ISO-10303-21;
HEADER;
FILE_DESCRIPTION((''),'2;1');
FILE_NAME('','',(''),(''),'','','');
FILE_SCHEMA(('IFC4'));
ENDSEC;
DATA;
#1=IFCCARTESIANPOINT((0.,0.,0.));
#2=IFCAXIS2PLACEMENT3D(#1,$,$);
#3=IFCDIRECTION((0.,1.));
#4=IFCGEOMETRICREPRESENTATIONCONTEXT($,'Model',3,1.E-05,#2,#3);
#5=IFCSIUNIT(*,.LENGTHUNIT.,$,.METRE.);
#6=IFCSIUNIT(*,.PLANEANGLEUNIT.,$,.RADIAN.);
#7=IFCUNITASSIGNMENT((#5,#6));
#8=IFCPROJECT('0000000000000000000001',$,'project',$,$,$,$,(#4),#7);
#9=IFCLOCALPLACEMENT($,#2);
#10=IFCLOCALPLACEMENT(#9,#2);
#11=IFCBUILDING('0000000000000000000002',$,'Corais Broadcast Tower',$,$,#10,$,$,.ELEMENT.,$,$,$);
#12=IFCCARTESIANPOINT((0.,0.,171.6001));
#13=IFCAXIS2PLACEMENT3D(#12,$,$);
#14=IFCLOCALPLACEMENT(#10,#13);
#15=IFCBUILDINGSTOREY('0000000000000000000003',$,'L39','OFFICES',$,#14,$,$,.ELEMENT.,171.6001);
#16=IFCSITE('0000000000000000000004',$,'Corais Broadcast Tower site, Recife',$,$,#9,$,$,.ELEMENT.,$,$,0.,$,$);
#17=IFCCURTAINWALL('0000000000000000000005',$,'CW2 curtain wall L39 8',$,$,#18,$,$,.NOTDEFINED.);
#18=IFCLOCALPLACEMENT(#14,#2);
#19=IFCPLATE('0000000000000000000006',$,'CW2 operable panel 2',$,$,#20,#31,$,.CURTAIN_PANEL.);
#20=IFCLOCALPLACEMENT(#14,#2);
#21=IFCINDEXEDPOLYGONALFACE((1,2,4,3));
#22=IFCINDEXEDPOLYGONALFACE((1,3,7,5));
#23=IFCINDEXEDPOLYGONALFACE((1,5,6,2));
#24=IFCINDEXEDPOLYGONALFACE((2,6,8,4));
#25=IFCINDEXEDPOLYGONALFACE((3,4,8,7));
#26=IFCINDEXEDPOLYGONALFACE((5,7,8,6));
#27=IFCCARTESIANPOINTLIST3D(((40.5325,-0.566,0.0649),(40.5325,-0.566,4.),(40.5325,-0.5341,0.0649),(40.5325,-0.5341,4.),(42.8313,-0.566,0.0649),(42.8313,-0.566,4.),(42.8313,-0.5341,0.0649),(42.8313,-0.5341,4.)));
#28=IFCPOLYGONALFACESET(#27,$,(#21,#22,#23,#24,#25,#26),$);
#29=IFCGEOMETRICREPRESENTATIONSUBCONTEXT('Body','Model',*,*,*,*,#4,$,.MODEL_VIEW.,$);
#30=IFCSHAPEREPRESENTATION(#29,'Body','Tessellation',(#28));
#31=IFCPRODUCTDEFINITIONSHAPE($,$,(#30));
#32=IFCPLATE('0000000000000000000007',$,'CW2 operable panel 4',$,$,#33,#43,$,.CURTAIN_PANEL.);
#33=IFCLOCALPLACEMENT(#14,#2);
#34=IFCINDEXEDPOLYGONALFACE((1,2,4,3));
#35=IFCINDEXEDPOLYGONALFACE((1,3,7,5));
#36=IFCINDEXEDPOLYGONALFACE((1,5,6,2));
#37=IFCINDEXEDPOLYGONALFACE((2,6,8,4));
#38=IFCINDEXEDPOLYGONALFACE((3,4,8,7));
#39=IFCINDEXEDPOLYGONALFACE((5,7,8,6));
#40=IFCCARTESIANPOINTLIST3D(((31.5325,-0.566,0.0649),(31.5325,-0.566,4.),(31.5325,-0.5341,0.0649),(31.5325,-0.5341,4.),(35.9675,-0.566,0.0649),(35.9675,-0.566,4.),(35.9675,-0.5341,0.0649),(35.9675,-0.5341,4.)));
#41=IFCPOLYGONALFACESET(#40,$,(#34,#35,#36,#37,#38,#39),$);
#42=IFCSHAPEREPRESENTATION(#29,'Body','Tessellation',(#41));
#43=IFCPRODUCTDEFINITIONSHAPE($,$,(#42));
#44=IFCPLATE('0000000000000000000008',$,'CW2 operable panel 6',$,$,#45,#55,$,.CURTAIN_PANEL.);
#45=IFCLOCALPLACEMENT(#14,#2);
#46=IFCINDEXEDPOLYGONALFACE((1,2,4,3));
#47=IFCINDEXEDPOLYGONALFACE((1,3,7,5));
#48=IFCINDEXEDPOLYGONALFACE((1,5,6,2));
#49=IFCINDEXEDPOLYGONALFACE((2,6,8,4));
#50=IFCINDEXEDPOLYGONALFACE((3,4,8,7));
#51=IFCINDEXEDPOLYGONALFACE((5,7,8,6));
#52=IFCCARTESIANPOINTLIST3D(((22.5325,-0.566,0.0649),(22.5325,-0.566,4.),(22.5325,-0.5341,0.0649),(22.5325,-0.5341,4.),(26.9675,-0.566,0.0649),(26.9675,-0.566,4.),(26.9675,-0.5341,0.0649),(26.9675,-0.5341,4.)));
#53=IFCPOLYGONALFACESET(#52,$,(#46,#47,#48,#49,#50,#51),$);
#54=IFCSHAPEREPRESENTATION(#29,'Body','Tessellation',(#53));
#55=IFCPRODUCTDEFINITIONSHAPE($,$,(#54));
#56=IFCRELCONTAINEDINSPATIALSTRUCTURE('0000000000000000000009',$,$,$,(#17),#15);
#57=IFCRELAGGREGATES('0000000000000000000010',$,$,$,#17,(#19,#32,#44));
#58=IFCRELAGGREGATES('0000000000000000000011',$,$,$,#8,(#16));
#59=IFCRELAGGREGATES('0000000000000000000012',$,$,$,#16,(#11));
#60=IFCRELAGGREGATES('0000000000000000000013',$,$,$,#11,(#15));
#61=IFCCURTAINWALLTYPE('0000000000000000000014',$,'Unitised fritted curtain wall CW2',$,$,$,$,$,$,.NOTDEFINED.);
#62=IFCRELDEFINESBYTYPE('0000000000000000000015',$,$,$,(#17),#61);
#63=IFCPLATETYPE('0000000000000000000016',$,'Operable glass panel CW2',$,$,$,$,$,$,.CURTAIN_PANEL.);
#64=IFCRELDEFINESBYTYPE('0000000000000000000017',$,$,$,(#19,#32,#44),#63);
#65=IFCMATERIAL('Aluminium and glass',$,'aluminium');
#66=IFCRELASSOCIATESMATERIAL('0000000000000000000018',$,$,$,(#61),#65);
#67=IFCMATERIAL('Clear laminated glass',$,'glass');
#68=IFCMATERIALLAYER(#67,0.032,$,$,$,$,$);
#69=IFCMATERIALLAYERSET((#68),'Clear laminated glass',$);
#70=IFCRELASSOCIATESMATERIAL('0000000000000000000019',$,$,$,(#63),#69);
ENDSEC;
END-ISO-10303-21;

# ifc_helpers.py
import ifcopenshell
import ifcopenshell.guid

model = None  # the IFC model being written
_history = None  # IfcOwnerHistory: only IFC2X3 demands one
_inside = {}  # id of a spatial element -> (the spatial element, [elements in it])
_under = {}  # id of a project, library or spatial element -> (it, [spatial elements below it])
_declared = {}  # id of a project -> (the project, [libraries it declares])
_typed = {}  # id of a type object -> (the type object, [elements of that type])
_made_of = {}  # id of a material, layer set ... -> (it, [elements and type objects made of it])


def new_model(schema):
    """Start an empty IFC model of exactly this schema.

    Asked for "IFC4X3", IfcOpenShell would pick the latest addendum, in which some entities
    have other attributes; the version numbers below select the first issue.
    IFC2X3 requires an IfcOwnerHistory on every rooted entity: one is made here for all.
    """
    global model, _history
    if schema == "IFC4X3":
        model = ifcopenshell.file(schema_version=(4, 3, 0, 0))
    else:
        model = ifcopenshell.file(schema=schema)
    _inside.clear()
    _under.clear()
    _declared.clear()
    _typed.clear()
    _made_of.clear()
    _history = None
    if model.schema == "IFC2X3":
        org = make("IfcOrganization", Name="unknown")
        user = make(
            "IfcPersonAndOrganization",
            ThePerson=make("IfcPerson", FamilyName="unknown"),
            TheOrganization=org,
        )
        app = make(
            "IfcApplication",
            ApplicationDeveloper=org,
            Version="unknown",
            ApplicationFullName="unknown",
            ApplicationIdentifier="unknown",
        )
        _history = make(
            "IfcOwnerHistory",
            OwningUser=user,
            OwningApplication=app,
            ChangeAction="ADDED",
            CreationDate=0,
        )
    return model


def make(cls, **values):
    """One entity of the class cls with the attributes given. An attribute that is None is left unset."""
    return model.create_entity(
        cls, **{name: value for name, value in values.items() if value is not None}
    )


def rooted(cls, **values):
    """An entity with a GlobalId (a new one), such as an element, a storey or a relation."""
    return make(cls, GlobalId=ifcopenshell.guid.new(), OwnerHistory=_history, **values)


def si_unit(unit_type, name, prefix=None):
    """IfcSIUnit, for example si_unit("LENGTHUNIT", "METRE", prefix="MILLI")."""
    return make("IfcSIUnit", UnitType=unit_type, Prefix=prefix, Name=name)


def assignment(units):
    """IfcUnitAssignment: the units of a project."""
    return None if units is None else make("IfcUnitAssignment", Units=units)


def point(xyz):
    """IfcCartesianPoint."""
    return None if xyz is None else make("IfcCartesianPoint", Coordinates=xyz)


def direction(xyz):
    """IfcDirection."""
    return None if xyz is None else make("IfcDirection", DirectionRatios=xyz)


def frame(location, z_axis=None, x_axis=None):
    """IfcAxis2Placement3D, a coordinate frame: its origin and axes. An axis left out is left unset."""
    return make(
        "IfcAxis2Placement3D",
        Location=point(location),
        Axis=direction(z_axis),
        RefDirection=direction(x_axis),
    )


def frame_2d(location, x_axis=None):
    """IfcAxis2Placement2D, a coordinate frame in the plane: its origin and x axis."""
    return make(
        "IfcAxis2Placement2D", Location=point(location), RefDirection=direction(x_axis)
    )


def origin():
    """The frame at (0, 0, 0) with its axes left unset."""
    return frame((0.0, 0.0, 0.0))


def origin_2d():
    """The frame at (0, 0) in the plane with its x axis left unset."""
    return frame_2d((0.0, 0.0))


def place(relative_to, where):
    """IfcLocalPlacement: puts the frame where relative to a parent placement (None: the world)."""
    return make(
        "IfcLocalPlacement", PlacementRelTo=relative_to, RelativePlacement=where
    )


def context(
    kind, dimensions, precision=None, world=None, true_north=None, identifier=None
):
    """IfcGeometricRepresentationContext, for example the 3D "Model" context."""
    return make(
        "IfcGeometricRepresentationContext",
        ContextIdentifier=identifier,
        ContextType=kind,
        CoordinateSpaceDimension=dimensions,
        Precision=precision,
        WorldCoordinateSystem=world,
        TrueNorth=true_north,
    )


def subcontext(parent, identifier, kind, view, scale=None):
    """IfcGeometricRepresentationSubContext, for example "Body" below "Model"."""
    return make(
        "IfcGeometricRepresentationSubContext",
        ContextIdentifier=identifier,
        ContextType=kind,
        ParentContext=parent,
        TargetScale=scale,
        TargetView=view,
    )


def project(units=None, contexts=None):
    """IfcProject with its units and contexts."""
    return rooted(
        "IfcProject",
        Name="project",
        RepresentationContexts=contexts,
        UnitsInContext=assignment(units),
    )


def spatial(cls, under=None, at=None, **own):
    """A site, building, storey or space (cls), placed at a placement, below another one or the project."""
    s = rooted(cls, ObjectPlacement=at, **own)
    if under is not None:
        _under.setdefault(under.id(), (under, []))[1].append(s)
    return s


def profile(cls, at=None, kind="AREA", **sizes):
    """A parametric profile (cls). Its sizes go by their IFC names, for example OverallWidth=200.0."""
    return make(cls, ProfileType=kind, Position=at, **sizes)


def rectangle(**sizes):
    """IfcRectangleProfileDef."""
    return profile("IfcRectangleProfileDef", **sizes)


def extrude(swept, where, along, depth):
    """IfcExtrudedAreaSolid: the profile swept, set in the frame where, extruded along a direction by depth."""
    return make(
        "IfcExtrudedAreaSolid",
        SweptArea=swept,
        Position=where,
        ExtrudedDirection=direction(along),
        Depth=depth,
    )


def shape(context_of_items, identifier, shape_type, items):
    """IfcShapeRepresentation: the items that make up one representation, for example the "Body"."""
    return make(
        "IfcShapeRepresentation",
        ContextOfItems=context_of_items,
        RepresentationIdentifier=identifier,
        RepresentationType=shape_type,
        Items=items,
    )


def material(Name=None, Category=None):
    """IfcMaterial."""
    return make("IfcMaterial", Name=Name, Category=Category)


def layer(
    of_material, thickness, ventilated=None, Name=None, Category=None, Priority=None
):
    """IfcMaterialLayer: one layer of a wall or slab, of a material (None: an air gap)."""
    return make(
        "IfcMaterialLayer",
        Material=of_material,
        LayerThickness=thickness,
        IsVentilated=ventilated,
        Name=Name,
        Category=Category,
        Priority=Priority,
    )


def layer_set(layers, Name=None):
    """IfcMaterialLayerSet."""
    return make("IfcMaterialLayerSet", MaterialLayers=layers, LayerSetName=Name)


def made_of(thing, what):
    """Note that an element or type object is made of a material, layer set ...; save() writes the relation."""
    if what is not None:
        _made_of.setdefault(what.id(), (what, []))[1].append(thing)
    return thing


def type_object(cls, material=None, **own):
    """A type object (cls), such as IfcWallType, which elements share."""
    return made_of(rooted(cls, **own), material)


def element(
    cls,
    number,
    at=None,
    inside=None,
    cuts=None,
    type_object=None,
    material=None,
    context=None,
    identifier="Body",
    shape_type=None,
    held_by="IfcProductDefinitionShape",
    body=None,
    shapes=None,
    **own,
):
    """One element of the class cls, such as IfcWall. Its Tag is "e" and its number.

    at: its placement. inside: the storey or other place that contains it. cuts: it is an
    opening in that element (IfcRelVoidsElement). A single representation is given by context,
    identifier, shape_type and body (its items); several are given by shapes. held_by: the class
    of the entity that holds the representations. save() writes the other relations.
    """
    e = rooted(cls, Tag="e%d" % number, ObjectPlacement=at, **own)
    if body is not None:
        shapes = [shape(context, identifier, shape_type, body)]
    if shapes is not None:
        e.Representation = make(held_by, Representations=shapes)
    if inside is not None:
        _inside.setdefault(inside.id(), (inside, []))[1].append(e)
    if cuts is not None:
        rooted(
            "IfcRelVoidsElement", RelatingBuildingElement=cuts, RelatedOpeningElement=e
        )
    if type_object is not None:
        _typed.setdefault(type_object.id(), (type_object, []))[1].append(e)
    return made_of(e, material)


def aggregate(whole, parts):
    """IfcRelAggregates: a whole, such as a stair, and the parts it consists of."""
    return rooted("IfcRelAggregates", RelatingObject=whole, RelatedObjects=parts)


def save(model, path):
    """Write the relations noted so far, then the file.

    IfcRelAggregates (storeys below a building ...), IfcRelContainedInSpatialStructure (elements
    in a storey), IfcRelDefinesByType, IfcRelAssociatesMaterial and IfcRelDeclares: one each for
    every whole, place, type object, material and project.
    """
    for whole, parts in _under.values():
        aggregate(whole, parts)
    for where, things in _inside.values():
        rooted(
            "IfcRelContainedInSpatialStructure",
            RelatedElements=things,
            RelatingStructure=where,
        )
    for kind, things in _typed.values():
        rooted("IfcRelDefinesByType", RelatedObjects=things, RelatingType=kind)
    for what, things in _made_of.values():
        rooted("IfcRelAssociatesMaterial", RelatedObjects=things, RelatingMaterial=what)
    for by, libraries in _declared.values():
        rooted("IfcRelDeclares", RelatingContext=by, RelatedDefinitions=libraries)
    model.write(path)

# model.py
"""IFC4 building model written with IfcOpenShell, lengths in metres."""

from ifc_helpers import new_model, si_unit, direction, frame, origin, origin_2d, place, context, subcontext, project, spatial, rectangle, extrude, material, layer, layer_set, type_object, element, aggregate, save


model = new_model("IFC4")

# Units and contexts
model_context = context("Model", 3, precision=1e-05, world=origin(), true_north=direction((0.0, 1.0)))
body_context = subcontext(model_context, "Body", "Model", "MODEL_VIEW")
ifc_project = project(units=[si_unit("LENGTHUNIT", "METRE"), si_unit("PLANEANGLEUNIT", "RADIAN")], contexts=[model_context])

# Site, building, storey
site_placement = place(None, origin())
site = spatial("IfcSite", under=ifc_project, at=site_placement, Name="Corais Broadcast Tower site, Recife", CompositionType="ELEMENT", RefElevation=0.0)
building_placement = place(site_placement, origin())
building = spatial("IfcBuilding", under=site, at=building_placement, Name="Corais Broadcast Tower", CompositionType="ELEMENT")
storey_placement = place(building_placement, frame((0.0, 0.0, 171.6001)))
storey = spatial("IfcBuildingStorey", under=building, at=storey_placement, Name="L39", Description="OFFICES", CompositionType="ELEMENT", Elevation=171.6001)

# Curtain wall
ifc_material_1 = material(Name="Aluminium and glass", Category="aluminium")
curtain_wall_type = type_object("IfcCurtainWallType", Name="Unitised fritted curtain wall CW2", PredefinedType="NOTDEFINED", material=ifc_material_1)
curtain_wall_placement = place(storey_placement, origin())
curtain_wall = element("IfcCurtainWall", 1, at=curtain_wall_placement, inside=storey, type_object=curtain_wall_type, Name="CW2 curtain wall L39 8", PredefinedType="NOTDEFINED")

# Plates
ifc_material_2 = material(Name="Clear laminated glass", Category="glass")
ifc_layer_1 = layer(ifc_material_2, 0.032)
ifc_layer_set_1 = layer_set([ifc_layer_1], Name="Clear laminated glass")
plate_type_1 = type_object("IfcPlateType", Name="Operable glass panel CW2", PredefinedType="CURTAIN_PANEL", material=ifc_layer_set_1)
plate_1_placement = place(storey_placement, frame((41.6819, -0.55, 0.0649), z_axis=(0.0, 0.0, 1.0), x_axis=(-1.0, 0.0, 0.0)))
plate_1 = element("IfcPlate", 2, at=plate_1_placement, type_object=plate_type_1, Name="CW2 operable panel 2", PredefinedType="CURTAIN_PANEL", context=body_context, shape_type="SweptSolid", body=[
    extrude(rectangle(XDim=2.2988, YDim=0.032, at=origin_2d()), origin(), (0.0, 0.0, 1.0), 3.9351),
])
plate_2_placement = place(storey_placement, frame((33.75, -0.55, 0.0649), z_axis=(0.0, 0.0, 1.0), x_axis=(-1.0, 0.0, 0.0)))
plate_2 = element("IfcPlate", 3, at=plate_2_placement, type_object=plate_type_1, Name="CW2 operable panel 4", PredefinedType="CURTAIN_PANEL", context=body_context, shape_type="SweptSolid", body=[
    extrude(rectangle(XDim=4.4351, YDim=0.032, at=origin_2d()), origin(), (0.0, 0.0, 1.0), 3.9351),
])
plate_3_placement = place(storey_placement, frame((24.75, -0.55, 0.0649), z_axis=(0.0, 0.0, 1.0), x_axis=(-1.0, 0.0, 0.0)))
plate_3 = element("IfcPlate", 4, at=plate_3_placement, type_object=plate_type_1, Name="CW2 operable panel 6", PredefinedType="CURTAIN_PANEL", context=body_context, shape_type="SweptSolid", body=[
    extrude(rectangle(XDim=4.4351, YDim=0.032, at=origin_2d()), origin(), (0.0, 0.0, 1.0), 3.9351),
])
aggregate(curtain_wall, [plate_1, plate_2, plate_3])

save(model, "model.ifc")
